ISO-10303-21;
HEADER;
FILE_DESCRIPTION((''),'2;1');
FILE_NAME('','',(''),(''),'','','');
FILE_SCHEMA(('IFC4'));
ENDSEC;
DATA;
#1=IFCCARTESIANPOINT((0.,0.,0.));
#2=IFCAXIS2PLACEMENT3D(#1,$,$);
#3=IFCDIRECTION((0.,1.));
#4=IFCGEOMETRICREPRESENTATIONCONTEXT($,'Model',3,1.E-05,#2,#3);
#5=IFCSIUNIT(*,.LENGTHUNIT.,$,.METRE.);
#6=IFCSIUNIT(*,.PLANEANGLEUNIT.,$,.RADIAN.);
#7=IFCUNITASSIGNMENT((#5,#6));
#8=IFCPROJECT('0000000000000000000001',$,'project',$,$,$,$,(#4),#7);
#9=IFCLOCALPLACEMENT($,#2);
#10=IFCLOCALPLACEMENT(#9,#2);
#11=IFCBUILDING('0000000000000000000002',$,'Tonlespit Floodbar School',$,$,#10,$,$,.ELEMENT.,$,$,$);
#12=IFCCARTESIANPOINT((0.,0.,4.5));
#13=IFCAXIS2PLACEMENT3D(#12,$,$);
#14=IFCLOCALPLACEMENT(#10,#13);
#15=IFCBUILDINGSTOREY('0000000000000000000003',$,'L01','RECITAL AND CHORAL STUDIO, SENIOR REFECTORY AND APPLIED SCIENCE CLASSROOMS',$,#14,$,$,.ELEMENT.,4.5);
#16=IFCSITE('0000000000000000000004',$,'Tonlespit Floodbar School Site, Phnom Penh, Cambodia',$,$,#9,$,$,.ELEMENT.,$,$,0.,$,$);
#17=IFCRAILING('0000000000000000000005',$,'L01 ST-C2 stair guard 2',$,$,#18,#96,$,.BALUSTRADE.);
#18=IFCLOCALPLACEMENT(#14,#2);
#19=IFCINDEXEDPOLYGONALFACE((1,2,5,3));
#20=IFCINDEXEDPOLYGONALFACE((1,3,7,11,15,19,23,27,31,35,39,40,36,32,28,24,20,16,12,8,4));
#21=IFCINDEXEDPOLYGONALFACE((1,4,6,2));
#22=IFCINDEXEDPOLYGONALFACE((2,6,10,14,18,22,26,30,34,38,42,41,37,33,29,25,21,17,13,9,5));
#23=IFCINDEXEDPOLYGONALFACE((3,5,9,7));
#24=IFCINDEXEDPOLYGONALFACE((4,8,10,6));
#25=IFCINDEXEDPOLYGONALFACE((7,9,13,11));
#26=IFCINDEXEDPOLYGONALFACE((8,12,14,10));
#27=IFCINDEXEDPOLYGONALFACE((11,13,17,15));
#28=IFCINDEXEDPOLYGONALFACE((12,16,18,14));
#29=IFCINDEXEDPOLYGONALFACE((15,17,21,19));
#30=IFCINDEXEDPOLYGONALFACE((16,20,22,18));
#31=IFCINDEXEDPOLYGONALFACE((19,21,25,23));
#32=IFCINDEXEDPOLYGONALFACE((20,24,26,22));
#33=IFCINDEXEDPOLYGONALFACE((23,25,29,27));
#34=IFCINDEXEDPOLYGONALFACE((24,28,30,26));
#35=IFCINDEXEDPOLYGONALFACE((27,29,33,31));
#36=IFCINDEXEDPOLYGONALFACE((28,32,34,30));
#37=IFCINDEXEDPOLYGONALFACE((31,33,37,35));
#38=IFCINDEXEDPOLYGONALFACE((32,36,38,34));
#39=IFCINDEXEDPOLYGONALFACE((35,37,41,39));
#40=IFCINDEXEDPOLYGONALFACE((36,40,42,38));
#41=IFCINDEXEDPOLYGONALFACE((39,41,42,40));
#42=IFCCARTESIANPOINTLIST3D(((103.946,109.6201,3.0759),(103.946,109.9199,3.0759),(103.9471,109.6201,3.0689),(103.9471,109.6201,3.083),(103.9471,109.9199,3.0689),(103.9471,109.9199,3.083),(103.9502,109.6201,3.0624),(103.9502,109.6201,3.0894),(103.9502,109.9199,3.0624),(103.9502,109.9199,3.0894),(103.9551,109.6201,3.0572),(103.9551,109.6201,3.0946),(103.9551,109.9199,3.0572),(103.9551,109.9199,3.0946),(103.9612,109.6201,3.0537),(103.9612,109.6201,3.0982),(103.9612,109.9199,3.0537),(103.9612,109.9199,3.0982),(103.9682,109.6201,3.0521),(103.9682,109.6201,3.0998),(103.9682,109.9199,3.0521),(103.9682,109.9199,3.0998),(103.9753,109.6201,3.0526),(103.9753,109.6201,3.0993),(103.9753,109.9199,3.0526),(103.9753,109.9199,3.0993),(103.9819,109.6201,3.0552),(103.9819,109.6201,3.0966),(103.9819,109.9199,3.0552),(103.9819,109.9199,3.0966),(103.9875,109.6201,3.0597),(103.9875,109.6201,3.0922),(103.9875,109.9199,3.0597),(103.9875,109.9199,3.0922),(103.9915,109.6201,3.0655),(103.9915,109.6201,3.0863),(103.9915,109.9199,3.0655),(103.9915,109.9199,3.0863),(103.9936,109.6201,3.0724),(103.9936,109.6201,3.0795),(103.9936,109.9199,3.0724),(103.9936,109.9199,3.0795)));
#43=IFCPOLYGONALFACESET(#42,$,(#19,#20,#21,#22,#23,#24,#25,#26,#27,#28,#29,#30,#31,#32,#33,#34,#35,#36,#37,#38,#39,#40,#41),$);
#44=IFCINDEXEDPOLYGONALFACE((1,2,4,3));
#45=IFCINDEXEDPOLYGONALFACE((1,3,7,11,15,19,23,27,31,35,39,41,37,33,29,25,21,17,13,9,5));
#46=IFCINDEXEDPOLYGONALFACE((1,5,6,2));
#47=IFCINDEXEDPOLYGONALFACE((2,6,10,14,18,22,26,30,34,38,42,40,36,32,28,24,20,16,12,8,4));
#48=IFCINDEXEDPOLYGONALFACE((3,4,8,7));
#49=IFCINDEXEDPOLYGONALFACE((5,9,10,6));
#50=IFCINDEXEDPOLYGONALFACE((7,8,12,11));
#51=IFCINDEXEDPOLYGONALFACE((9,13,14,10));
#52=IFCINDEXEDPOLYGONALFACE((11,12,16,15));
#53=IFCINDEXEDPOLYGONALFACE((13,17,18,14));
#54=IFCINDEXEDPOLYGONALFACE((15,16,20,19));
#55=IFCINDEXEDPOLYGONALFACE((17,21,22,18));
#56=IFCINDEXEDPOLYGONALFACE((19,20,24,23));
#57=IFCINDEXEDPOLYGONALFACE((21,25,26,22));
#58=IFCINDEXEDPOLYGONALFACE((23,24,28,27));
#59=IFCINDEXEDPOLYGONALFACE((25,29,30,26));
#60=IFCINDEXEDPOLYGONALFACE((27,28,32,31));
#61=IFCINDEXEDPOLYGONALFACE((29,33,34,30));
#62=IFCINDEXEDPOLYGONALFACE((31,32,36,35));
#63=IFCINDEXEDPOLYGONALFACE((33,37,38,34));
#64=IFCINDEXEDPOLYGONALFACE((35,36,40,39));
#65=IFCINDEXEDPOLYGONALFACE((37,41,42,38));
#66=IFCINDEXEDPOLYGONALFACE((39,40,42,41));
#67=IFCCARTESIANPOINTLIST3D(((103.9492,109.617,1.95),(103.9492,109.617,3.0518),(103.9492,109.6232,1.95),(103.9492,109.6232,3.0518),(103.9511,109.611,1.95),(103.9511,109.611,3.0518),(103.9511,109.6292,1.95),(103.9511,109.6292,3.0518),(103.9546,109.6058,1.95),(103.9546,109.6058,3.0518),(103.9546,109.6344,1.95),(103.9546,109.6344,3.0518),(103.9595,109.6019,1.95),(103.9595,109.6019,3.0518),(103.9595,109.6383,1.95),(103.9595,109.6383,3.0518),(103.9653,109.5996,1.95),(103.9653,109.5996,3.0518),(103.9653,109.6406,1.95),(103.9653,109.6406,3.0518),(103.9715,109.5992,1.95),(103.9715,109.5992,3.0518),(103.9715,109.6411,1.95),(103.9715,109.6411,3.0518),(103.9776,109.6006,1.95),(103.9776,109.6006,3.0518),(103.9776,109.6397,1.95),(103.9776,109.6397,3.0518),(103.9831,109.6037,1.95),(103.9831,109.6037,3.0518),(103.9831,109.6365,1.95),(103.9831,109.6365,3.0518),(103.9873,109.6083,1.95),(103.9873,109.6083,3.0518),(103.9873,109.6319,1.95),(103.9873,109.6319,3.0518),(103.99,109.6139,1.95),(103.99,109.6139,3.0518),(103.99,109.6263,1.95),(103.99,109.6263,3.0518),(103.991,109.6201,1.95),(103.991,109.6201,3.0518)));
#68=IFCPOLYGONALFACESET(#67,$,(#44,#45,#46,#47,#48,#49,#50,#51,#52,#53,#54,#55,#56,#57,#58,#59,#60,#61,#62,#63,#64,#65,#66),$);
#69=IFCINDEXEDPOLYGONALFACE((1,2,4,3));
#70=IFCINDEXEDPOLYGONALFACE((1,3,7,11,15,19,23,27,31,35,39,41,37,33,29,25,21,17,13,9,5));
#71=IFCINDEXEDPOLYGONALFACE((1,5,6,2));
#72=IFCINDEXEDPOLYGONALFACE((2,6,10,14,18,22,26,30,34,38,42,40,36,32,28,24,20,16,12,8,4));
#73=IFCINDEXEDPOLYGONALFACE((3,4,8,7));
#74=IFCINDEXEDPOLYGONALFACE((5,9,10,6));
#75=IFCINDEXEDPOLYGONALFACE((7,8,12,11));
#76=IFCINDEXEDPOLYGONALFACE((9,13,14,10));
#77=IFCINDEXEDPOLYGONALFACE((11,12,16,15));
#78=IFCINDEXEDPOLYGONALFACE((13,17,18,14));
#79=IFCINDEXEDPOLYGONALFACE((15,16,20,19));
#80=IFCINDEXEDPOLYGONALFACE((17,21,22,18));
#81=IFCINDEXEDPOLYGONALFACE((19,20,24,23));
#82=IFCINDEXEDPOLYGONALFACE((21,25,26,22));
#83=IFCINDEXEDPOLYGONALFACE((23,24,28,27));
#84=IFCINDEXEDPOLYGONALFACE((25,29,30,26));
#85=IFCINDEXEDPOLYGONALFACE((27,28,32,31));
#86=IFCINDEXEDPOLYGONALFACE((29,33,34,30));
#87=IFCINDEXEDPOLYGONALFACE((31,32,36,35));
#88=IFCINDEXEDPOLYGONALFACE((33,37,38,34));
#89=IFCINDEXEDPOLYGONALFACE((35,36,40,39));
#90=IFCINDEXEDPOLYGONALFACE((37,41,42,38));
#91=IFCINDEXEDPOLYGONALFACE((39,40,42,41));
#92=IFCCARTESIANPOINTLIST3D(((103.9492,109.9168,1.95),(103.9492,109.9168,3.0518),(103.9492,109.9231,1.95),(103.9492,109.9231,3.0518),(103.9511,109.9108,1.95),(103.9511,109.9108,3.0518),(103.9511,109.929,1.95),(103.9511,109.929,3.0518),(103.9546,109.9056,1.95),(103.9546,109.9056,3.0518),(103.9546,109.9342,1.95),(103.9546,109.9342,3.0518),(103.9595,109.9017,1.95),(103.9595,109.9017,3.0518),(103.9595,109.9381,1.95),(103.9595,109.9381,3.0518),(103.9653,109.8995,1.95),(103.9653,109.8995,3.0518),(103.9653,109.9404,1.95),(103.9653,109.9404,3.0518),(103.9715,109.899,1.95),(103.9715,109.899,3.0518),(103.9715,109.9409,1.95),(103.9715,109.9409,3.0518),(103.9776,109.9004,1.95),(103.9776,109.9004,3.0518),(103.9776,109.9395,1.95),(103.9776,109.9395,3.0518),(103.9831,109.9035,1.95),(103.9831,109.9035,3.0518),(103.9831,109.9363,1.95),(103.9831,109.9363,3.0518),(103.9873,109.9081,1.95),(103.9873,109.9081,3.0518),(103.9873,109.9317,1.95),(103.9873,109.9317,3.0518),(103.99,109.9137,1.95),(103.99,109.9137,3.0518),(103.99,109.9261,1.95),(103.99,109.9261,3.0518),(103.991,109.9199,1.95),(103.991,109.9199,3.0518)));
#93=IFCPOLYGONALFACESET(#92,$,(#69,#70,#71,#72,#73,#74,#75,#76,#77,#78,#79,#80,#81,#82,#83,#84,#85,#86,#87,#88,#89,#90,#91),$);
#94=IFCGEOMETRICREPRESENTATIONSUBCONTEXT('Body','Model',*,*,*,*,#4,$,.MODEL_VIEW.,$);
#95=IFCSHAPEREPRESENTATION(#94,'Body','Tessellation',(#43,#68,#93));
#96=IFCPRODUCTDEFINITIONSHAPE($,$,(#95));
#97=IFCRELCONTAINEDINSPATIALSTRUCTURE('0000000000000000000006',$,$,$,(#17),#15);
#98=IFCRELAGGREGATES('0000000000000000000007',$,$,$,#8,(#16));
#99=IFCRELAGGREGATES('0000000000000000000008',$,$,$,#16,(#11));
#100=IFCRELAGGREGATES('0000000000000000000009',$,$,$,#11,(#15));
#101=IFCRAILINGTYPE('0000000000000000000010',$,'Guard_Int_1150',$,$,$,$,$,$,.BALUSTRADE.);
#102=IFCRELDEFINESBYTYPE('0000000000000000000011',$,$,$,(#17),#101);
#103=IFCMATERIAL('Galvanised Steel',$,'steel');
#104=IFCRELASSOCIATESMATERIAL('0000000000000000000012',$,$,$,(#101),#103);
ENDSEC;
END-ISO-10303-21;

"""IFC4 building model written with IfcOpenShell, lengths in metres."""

from ifc_helpers import new_model, si_unit, direction, frame, origin, origin_2d, place, context, subcontext, project, spatial, circle, extrude, material, type_object, element, save


model = new_model("IFC4")

# Units and contexts
model_context = context("Model", 3, precision=1e-05, world=origin(), true_north=direction((0.0, 1.0)))
body_context = subcontext(model_context, "Body", "Model", "MODEL_VIEW")
ifc_project = project(units=[si_unit("LENGTHUNIT", "METRE"), si_unit("PLANEANGLEUNIT", "RADIAN")], contexts=[model_context])

# Site, building, storey
site_placement = place(None, origin())
site = spatial("IfcSite", under=ifc_project, at=site_placement, Name="Tonlespit Floodbar School Site, Phnom Penh, Cambodia", CompositionType="ELEMENT", RefElevation=0.0)
building_placement = place(site_placement, origin())
building = spatial("IfcBuilding", under=site, at=building_placement, Name="Tonlespit Floodbar School", CompositionType="ELEMENT")
storey_placement = place(building_placement, frame((0.0, 0.0, 4.5)))
storey = spatial("IfcBuildingStorey", under=building, at=storey_placement, Name="L01", Description="RECITAL AND CHORAL STUDIO, SENIOR REFECTORY AND APPLIED SCIENCE CLASSROOMS", CompositionType="ELEMENT", Elevation=4.5)

# Railing
ifc_material_1 = material(Name="Galvanised Steel", Category="steel")
railing_type_1 = type_object("IfcRailingType", Name="Guard_Int_1150", PredefinedType="BALUSTRADE", material=ifc_material_1)
railing_1_placement = place(storey_placement, frame((103.97, 109.6201, 1.95)))
element("IfcRailing", 1, at=railing_1_placement, inside=storey, type_object=railing_type_1, Name="L01 ST-C2 stair guard 2", PredefinedType="BALUSTRADE", context=body_context, shape_type="SweptSolid", body=[
    extrude(circle(Radius=0.0239, at=origin_2d()), frame((0.0, 0.0, 1.126), z_axis=(0.0, 1.0, 0.0), x_axis=(-1.0, 0.0, 0.0)), (0.0, 0.0, 1.0), 0.2998),
    extrude(circle(Radius=0.021, at=origin_2d()), origin(), (0.0, 0.0, 1.0), 1.1018),
    extrude(circle(Radius=0.021, at=origin_2d()), frame((0.0, 0.2998, 0.0)), (0.0, 0.0, 1.0), 1.1018),
])

save(model, "model.ifc")
